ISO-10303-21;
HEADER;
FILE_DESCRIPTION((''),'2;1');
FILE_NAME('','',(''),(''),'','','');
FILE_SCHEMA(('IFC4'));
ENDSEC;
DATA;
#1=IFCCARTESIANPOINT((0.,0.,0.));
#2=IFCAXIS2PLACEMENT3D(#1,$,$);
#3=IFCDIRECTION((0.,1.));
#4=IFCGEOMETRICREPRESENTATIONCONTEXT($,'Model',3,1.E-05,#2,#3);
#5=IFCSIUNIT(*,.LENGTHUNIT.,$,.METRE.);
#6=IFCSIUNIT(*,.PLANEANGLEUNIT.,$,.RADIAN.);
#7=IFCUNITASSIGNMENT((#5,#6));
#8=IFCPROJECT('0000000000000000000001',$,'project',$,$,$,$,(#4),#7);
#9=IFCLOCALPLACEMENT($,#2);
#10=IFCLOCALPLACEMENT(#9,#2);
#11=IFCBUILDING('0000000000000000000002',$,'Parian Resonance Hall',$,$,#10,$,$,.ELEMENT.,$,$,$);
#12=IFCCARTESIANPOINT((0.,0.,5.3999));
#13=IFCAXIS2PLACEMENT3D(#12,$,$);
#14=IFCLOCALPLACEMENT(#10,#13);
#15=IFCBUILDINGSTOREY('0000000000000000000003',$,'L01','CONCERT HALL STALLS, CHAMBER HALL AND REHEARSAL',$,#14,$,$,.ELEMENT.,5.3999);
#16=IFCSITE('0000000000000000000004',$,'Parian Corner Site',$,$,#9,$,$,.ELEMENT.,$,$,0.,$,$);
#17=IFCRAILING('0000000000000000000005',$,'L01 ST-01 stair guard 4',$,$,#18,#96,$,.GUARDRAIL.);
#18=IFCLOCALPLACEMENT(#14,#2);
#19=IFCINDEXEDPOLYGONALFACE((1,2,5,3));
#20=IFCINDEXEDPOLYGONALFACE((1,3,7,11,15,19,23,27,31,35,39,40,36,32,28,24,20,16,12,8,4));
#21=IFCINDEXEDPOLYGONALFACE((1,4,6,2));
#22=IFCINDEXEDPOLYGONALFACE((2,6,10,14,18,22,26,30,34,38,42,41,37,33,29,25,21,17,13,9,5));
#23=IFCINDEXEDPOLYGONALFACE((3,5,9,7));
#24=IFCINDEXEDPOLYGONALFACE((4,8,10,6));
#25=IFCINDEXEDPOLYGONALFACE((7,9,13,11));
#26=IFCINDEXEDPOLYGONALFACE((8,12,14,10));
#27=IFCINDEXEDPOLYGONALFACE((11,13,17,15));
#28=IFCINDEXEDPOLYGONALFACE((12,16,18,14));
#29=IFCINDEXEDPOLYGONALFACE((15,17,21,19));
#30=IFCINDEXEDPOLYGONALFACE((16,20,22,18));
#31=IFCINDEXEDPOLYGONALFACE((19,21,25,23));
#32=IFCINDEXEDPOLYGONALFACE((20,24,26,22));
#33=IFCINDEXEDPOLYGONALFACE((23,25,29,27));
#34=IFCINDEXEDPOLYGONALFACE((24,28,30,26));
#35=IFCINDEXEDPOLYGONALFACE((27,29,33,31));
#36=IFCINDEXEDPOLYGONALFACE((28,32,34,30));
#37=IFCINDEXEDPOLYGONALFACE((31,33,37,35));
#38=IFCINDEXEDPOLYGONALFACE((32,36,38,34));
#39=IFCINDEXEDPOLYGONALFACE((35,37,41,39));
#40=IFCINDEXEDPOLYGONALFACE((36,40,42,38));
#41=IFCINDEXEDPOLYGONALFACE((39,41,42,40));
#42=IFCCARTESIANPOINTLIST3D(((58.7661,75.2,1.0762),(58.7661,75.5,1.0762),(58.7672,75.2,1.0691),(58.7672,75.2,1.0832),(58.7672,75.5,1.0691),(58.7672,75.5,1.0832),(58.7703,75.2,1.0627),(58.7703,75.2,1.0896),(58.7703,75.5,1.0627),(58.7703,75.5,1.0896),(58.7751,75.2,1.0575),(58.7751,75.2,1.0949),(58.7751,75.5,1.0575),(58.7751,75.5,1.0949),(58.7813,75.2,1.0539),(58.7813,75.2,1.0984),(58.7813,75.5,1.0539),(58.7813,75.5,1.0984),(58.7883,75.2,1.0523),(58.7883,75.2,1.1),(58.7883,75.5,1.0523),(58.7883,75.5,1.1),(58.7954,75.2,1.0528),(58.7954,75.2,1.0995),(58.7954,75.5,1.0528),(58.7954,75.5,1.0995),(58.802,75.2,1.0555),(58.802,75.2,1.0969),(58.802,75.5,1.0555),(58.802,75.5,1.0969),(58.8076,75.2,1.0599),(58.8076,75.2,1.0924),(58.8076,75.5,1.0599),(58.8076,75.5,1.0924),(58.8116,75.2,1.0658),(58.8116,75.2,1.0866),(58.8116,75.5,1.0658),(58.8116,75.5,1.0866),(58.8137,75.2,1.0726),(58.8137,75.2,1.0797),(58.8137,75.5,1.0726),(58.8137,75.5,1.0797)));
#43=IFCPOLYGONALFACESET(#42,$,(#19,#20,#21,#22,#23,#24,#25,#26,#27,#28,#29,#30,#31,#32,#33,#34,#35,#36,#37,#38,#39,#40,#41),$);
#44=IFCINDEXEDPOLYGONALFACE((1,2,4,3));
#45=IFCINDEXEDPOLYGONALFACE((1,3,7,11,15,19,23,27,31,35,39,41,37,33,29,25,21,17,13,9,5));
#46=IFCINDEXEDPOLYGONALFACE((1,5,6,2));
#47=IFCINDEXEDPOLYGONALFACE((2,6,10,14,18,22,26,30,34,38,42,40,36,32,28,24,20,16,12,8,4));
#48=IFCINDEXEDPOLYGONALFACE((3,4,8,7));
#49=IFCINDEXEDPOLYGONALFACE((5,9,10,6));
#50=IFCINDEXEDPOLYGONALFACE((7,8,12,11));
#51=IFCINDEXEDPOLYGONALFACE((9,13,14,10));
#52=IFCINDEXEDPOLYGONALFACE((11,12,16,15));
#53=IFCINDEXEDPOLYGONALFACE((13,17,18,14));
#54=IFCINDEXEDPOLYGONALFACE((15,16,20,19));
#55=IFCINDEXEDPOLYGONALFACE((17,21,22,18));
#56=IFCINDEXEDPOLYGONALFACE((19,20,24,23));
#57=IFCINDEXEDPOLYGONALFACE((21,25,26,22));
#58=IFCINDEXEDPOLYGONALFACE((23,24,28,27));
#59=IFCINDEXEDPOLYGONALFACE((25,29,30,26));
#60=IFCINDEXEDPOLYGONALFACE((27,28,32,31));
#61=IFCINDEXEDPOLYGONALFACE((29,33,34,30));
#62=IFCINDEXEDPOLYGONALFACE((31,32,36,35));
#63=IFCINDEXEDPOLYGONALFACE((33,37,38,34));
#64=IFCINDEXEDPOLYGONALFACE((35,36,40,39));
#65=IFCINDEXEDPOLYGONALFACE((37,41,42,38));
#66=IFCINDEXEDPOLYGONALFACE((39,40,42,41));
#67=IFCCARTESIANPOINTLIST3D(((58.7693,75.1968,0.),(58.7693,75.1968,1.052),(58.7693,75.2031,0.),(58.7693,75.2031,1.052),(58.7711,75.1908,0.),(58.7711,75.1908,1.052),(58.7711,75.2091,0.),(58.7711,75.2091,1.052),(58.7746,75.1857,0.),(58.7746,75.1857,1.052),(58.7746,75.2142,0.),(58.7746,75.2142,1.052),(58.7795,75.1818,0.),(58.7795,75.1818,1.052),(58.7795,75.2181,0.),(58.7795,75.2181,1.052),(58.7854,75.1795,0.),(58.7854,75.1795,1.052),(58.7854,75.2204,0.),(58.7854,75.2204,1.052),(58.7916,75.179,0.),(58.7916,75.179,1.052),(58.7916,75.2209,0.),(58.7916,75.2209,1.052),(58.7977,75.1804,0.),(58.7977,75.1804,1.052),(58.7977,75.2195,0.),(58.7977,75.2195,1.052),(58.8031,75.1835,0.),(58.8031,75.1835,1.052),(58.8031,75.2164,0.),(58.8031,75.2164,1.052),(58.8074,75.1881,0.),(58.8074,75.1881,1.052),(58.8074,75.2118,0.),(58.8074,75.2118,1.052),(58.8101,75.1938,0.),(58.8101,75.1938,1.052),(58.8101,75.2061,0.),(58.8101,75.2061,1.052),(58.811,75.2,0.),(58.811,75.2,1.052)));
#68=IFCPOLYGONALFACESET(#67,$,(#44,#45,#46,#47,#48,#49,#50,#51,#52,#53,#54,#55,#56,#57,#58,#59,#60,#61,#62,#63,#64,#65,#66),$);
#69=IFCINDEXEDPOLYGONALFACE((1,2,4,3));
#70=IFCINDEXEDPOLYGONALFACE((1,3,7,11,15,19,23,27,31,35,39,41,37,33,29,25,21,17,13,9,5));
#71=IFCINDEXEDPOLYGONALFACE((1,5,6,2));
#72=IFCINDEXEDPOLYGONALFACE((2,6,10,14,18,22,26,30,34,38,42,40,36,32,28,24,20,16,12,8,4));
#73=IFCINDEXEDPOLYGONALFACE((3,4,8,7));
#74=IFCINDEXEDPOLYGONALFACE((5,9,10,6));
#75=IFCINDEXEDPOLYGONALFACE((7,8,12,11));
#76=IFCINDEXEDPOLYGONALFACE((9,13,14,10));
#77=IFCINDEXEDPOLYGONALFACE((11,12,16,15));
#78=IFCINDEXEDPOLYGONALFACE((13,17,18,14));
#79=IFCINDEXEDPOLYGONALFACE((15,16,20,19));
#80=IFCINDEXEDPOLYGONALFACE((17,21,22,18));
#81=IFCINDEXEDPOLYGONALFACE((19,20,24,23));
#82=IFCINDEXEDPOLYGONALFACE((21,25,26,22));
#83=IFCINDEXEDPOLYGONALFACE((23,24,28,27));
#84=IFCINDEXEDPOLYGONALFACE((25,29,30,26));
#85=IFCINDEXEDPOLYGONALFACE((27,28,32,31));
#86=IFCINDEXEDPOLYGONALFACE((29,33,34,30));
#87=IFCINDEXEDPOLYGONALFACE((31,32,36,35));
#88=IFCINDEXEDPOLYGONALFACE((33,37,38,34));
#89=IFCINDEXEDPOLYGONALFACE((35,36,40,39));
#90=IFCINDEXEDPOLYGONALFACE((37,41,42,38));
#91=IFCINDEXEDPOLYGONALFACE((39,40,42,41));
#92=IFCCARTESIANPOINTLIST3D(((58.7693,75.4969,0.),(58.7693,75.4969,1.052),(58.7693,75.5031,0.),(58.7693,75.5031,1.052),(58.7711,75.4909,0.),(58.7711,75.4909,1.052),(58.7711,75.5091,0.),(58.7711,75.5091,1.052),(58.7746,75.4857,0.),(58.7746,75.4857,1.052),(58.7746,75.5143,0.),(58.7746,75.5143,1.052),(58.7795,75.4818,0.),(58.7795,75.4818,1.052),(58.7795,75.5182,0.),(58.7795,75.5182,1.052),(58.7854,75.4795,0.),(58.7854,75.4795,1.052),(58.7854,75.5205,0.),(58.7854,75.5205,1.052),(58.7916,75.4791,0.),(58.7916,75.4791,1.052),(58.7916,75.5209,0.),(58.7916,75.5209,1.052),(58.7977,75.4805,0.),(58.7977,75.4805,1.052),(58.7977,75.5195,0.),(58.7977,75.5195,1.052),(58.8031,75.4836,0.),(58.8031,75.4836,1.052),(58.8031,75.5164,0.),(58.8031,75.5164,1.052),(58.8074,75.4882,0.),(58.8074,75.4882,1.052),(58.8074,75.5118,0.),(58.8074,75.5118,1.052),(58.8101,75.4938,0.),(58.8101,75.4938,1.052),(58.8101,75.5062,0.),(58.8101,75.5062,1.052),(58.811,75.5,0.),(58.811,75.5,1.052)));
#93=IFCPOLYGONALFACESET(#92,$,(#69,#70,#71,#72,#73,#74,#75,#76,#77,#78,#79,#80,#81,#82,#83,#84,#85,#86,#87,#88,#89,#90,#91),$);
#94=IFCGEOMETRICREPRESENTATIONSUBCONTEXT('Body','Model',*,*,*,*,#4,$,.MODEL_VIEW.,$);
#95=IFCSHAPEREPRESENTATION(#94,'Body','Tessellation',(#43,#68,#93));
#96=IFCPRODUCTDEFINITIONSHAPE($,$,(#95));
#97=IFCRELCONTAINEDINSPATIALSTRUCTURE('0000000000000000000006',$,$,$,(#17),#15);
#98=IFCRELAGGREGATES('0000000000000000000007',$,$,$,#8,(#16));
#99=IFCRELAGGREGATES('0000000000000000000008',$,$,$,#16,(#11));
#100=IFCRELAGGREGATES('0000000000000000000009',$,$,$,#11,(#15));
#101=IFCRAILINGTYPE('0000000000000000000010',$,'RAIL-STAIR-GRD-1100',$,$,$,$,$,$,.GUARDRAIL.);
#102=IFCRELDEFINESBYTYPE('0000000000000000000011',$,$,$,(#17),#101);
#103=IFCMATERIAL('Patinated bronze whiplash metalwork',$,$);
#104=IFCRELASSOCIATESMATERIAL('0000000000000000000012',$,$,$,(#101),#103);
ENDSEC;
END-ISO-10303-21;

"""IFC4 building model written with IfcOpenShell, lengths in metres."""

from ifc_helpers import new_model, si_unit, direction, frame, origin, origin_2d, place, context, subcontext, project, spatial, circle, extrude, material, type_object, element, save


model = new_model("IFC4")

# Units and contexts
model_context = context("Model", 3, precision=1e-05, world=origin(), true_north=direction((0.0, 1.0)))
body_context = subcontext(model_context, "Body", "Model", "MODEL_VIEW")
ifc_project = project(units=[si_unit("LENGTHUNIT", "METRE"), si_unit("PLANEANGLEUNIT", "RADIAN")], contexts=[model_context])

# Site, building, storey
site_placement = place(None, origin())
site = spatial("IfcSite", under=ifc_project, at=site_placement, Name="Parian Corner Site", CompositionType="ELEMENT", RefElevation=0.0)
building_placement = place(site_placement, origin())
building = spatial("IfcBuilding", under=site, at=building_placement, Name="Parian Resonance Hall", CompositionType="ELEMENT")
storey_placement = place(building_placement, frame((0.0, 0.0, 5.3999)))
storey = spatial("IfcBuildingStorey", under=building, at=storey_placement, Name="L01", Description="CONCERT HALL STALLS, CHAMBER HALL AND REHEARSAL", CompositionType="ELEMENT", Elevation=5.3999)

# Railing
ifc_material_1 = material(Name="Patinated bronze whiplash metalwork")
railing_type_1 = type_object("IfcRailingType", Name="RAIL-STAIR-GRD-1100", PredefinedType="GUARDRAIL", material=ifc_material_1)
railing_1_placement = place(storey_placement, frame((58.79, 75.2, 0.0)))
element("IfcRailing", 1, at=railing_1_placement, inside=storey, type_object=railing_type_1, Name="L01 ST-01 stair guard 4", PredefinedType="GUARDRAIL", context=body_context, shape_type="SweptSolid", body=[
    extrude(circle(Radius=0.0239, at=origin_2d()), frame((0.0, 0.0, 1.0762), z_axis=(0.0, 1.0, 0.0), x_axis=(-1.0, 0.0, 0.0)), (0.0, 0.0, 1.0), 0.3),
    extrude(circle(Radius=0.021, at=origin_2d()), origin(), (0.0, 0.0, 1.0), 1.052),
    extrude(circle(Radius=0.021, at=origin_2d()), frame((0.0, 0.3, 0.0)), (0.0, 0.0, 1.0), 1.052),
])

save(model, "model.ifc")
